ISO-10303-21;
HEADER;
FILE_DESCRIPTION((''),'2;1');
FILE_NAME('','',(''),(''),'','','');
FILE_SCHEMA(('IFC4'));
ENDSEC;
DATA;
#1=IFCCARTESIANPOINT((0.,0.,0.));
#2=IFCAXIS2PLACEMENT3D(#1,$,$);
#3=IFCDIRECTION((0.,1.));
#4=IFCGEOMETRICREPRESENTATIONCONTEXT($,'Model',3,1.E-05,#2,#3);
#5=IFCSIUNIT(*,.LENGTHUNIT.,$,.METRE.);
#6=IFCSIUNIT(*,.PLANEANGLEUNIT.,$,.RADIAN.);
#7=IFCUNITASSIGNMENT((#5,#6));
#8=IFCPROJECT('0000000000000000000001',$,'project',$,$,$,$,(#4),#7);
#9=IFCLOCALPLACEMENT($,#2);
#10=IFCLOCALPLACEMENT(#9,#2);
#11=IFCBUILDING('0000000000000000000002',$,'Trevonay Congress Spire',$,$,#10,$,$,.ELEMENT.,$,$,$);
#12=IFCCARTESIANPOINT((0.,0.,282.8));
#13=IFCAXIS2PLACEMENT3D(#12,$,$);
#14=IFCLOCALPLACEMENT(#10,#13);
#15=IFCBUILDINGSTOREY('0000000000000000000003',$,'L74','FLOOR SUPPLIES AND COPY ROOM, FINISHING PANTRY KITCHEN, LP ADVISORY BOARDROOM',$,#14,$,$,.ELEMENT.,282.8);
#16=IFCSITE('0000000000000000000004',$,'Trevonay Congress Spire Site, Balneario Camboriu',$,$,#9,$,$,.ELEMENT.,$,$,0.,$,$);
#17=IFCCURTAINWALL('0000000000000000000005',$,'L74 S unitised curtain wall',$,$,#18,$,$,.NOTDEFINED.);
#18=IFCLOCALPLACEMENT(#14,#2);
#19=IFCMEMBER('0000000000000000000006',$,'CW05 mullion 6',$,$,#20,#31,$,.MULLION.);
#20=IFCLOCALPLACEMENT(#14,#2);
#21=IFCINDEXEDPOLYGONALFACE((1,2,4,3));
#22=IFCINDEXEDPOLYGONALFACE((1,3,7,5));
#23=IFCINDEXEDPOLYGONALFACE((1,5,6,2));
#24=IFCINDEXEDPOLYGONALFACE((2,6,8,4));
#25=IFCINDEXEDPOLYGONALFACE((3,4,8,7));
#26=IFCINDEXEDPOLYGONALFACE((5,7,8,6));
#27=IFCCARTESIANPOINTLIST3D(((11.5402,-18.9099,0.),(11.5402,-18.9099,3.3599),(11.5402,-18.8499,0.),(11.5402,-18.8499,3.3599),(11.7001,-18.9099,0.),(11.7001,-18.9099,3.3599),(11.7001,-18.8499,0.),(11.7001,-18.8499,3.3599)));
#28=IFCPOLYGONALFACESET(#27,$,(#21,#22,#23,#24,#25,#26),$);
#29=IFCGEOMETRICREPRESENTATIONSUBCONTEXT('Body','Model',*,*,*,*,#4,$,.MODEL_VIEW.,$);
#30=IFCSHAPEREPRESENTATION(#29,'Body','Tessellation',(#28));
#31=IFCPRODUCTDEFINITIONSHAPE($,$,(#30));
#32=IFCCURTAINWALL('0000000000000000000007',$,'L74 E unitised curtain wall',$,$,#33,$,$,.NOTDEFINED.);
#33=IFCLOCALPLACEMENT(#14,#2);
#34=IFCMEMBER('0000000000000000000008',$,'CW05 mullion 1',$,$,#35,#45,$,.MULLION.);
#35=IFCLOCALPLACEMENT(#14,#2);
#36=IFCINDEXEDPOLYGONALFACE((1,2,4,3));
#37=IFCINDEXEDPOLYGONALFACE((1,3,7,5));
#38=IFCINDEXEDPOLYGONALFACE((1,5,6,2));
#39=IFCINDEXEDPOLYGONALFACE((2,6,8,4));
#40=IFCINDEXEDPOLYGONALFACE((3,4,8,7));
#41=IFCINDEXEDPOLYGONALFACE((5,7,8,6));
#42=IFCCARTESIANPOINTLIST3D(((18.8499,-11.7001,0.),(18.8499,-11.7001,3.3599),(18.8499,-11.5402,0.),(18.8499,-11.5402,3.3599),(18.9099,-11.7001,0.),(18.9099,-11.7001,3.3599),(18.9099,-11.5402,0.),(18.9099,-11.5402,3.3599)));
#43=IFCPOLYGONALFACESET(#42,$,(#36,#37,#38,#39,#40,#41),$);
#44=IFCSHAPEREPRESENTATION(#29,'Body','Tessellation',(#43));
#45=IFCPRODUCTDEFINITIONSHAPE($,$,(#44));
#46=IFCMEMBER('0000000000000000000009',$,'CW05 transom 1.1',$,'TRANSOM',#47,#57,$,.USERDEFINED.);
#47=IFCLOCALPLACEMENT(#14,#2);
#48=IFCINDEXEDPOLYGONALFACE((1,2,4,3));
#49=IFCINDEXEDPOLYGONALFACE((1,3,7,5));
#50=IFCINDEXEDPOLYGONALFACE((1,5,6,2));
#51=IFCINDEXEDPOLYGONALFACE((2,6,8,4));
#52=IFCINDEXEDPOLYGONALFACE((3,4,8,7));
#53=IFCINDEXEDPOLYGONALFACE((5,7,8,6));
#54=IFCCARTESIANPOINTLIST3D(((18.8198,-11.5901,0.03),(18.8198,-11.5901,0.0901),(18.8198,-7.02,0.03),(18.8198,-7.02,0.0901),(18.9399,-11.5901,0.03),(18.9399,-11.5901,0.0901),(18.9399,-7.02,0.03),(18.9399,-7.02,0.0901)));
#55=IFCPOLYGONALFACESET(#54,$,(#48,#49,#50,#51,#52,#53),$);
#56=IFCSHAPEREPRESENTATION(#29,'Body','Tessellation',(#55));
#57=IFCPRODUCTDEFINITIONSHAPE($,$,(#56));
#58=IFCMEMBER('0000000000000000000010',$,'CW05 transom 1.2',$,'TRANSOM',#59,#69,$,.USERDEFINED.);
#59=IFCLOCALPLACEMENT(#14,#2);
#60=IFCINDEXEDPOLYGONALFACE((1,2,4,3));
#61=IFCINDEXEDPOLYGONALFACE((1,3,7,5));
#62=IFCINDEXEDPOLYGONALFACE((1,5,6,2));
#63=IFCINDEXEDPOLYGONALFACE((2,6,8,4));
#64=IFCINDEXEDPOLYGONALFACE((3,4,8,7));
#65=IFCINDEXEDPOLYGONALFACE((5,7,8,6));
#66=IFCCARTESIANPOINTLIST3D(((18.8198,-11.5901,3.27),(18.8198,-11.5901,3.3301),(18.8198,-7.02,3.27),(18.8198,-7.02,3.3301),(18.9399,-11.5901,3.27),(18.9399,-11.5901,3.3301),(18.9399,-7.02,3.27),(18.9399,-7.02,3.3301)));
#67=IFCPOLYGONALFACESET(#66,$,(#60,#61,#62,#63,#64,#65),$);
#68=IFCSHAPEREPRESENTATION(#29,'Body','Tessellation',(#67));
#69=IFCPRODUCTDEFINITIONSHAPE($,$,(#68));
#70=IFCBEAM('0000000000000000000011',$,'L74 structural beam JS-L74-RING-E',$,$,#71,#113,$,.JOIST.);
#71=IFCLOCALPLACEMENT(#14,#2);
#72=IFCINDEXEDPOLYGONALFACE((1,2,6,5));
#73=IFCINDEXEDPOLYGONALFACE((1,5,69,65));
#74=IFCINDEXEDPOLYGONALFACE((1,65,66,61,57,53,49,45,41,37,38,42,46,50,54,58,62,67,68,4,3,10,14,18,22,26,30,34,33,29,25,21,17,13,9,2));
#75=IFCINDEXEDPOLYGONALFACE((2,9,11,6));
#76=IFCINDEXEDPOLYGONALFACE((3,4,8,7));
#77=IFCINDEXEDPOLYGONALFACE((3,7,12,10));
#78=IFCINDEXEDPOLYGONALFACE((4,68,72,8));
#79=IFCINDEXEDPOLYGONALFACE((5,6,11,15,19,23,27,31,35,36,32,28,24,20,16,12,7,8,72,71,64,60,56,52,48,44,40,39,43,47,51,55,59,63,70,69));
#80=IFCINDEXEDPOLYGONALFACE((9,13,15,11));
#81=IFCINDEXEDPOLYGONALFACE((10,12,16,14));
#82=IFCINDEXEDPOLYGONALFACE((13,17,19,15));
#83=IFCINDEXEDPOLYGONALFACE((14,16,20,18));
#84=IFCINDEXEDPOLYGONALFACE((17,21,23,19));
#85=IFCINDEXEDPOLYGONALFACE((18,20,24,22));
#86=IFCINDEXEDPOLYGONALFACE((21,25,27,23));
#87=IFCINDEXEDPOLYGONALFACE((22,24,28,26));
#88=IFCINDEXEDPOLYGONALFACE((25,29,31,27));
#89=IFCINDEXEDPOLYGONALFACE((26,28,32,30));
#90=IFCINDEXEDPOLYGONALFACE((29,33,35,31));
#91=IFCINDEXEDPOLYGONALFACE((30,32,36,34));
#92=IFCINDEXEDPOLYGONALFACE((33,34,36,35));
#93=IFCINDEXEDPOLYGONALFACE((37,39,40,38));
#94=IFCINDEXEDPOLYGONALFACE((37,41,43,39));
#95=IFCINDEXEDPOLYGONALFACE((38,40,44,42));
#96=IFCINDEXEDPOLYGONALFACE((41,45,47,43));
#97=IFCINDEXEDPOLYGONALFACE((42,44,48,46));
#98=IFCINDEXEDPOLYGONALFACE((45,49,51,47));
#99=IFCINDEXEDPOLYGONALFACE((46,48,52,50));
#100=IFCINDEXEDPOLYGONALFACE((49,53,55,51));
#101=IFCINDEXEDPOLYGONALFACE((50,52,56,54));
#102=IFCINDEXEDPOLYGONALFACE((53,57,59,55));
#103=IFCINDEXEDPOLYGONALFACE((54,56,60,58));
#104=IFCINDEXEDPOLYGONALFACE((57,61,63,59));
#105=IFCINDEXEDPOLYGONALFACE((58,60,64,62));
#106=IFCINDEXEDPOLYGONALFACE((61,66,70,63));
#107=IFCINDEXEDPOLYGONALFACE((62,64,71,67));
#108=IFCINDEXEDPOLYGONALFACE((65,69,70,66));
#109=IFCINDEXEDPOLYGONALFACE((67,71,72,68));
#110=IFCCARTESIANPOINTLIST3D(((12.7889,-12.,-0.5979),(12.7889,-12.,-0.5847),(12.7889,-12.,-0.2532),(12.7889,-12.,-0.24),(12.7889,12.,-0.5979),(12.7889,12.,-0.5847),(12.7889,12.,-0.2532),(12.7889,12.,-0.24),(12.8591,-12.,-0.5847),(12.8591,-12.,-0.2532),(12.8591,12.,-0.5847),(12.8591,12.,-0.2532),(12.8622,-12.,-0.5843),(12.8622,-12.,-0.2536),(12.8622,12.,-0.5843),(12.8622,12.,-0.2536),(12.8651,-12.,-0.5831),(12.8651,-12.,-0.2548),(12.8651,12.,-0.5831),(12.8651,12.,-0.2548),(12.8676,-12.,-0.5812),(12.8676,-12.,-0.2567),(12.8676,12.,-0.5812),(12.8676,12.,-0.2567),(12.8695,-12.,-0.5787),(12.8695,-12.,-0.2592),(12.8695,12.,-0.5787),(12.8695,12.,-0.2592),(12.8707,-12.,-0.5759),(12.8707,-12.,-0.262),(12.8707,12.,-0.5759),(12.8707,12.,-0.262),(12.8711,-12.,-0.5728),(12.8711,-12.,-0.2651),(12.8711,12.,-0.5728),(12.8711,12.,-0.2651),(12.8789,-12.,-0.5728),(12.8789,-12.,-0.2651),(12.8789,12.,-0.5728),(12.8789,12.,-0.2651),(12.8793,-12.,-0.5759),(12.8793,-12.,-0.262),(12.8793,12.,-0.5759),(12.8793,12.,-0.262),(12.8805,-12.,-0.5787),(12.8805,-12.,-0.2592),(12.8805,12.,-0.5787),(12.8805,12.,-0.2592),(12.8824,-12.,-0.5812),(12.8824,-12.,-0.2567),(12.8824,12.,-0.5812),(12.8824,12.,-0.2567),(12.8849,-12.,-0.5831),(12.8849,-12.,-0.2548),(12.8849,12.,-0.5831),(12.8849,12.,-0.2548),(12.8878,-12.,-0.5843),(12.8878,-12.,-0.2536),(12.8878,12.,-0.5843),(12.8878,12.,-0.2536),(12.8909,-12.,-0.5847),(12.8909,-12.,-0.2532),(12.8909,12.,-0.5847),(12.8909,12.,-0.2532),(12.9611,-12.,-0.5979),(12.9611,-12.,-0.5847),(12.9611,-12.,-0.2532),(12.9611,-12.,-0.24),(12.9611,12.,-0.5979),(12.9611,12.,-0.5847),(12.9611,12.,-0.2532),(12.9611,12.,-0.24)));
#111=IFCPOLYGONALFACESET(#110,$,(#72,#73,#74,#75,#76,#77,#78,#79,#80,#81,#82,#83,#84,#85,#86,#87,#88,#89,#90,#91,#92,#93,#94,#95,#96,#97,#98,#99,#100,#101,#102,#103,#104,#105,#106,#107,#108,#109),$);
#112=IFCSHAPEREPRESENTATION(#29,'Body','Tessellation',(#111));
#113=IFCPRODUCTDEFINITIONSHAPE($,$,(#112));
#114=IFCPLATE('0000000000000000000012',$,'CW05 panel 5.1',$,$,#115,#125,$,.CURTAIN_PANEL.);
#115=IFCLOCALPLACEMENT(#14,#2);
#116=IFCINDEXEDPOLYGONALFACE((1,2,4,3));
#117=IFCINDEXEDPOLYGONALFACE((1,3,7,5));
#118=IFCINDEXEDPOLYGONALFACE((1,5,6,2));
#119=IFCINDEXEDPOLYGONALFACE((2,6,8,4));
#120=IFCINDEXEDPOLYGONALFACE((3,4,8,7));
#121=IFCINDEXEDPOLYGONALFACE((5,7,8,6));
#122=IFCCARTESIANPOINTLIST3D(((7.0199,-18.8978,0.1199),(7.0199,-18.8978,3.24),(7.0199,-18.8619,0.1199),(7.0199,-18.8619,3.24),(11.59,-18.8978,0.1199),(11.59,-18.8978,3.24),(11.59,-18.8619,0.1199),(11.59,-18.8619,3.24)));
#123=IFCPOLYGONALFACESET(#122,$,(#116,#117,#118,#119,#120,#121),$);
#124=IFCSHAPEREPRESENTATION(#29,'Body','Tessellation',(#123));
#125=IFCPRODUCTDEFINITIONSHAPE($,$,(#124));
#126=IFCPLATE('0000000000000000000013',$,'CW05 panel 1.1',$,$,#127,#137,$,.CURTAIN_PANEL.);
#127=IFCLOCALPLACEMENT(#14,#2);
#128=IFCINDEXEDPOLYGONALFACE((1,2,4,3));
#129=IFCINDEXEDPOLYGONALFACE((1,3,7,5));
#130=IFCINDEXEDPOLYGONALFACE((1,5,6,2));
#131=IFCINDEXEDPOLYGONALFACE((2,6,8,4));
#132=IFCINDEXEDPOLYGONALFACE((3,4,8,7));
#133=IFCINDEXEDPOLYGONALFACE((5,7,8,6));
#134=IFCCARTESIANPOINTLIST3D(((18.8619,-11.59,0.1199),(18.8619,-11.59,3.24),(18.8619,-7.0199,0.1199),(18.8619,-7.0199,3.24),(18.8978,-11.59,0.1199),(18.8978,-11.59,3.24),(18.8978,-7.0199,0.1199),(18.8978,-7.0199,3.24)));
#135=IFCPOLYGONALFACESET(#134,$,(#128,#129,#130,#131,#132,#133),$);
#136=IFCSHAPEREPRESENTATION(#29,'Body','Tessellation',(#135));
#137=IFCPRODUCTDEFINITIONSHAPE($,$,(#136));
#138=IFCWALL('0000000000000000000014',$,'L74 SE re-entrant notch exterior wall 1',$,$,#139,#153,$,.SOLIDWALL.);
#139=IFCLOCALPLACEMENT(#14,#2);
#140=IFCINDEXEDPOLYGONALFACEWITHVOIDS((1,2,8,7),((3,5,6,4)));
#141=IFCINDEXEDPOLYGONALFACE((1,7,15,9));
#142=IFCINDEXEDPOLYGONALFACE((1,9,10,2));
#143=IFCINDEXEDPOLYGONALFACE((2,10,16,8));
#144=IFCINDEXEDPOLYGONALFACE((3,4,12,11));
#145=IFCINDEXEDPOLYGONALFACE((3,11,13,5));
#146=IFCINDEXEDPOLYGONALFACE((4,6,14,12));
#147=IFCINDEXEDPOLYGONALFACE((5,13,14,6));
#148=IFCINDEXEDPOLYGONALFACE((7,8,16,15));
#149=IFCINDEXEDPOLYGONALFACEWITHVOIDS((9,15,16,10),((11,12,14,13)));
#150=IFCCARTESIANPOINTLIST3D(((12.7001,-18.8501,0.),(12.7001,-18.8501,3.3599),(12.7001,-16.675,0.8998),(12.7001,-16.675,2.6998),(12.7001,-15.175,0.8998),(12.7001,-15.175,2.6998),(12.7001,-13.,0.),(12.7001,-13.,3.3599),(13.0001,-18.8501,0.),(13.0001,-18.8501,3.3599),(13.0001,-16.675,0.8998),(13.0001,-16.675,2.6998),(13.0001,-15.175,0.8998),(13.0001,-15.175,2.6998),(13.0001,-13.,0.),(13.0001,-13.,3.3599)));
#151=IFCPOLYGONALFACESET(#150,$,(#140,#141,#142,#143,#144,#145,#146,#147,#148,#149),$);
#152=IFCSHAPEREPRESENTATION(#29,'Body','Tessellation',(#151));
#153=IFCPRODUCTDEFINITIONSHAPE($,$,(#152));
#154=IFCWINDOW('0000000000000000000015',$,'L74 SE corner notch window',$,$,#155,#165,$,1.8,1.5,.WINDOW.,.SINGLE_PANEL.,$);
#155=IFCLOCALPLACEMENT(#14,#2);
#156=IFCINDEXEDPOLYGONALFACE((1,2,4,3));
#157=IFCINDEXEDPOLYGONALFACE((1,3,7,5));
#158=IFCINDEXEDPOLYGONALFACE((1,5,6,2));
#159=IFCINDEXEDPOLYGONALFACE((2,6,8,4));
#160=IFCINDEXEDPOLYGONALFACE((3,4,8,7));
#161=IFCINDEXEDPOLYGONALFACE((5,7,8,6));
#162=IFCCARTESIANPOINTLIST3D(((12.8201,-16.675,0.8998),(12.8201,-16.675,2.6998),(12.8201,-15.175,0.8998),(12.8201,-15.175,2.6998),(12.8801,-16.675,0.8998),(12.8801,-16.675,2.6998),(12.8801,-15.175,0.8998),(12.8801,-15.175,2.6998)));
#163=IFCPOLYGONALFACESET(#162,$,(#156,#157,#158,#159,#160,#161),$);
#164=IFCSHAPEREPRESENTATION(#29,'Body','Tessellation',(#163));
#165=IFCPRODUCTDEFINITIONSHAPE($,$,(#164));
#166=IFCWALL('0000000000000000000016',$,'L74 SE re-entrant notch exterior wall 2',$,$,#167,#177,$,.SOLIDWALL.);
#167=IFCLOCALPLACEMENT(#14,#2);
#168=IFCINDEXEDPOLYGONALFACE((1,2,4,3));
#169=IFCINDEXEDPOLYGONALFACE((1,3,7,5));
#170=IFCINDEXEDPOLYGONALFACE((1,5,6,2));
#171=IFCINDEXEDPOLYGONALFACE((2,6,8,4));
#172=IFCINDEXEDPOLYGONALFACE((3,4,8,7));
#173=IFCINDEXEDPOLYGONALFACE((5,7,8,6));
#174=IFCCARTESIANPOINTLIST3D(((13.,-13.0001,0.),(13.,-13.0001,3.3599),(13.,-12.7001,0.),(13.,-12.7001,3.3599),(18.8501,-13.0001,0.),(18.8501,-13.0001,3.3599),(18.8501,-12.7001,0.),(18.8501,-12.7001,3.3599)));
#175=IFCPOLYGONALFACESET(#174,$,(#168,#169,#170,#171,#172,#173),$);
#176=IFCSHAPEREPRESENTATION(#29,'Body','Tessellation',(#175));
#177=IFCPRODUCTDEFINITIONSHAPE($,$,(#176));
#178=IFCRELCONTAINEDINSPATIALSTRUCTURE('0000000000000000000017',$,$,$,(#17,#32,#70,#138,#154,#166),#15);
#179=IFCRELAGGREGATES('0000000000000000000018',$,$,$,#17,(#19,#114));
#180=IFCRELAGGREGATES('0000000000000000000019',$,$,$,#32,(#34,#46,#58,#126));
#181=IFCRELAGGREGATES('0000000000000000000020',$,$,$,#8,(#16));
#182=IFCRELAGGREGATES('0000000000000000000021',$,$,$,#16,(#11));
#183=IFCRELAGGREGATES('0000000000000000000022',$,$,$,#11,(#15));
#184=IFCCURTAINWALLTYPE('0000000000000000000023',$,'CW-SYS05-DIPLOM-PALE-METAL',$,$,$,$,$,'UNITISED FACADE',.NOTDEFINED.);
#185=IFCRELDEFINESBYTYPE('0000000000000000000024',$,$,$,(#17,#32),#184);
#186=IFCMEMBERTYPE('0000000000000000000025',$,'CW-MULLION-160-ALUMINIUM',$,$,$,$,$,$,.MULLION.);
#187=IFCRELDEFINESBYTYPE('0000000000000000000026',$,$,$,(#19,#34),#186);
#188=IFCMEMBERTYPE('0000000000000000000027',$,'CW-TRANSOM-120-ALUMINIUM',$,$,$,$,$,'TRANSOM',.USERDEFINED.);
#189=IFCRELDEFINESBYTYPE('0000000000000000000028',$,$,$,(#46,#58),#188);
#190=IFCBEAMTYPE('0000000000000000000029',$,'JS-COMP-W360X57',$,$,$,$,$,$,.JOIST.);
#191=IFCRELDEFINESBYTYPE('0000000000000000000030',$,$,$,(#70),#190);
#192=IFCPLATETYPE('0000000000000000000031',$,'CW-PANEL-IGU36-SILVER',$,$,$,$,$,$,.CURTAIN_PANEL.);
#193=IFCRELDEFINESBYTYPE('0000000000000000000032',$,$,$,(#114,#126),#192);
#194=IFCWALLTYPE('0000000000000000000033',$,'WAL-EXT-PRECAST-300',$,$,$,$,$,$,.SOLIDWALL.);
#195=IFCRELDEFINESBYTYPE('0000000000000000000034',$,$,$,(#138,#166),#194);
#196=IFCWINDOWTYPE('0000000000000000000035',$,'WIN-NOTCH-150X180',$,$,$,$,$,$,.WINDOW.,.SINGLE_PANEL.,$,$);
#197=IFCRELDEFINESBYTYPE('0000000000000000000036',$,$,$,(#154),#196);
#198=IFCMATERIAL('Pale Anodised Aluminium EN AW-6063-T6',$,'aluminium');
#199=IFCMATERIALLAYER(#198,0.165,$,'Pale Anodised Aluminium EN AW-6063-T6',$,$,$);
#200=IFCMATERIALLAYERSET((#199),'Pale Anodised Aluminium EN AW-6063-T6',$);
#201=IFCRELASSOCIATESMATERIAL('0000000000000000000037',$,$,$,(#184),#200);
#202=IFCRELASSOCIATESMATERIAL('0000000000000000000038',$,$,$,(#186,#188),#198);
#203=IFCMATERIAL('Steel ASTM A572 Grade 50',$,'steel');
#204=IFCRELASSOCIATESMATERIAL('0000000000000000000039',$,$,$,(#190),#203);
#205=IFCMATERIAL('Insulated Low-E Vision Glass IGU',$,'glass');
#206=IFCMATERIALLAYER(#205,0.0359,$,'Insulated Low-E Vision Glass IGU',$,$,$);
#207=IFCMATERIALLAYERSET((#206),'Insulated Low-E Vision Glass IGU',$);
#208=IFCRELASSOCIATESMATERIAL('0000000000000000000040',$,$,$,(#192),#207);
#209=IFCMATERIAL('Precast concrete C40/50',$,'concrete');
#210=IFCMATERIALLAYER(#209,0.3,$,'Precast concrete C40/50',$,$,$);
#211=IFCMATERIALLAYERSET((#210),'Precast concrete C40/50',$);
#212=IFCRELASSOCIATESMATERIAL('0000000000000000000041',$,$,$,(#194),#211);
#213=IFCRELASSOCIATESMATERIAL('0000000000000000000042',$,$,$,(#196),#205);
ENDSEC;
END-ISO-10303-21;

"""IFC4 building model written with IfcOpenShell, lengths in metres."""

from ifc_helpers import new_model, si_unit, direction, frame, frame_2d, origin, origin_2d, place, context, subcontext, project, spatial, rectangle, i_section, extrude, material, layer, layer_set, material_profile, profile_set, type_object, element, fill, aggregate, save


model = new_model("IFC4")

# Units and contexts
model_context = context("Model", 3, precision=1e-05, world=origin(), true_north=direction((0.0, 1.0)))
body_context = subcontext(model_context, "Body", "Model", "MODEL_VIEW")
ifc_project = project(units=[si_unit("LENGTHUNIT", "METRE"), si_unit("PLANEANGLEUNIT", "RADIAN")], contexts=[model_context])

# Site, building, storey
site_placement = place(None, origin())
site = spatial("IfcSite", under=ifc_project, at=site_placement, Name="Trevonay Congress Spire Site, Balneario Camboriu", CompositionType="ELEMENT", RefElevation=0.0)
building_placement = place(site_placement, origin())
building = spatial("IfcBuilding", under=site, at=building_placement, Name="Trevonay Congress Spire", CompositionType="ELEMENT")
storey_placement = place(building_placement, frame((0.0, 0.0, 282.8)))
storey = spatial("IfcBuildingStorey", under=building, at=storey_placement, Name="L74", Description="FLOOR SUPPLIES AND COPY ROOM, FINISHING PANTRY KITCHEN, LP ADVISORY BOARDROOM", CompositionType="ELEMENT", Elevation=282.8)

# Shared definitions
ifc_material_1 = material(Name="Steel ASTM A572 Grade 50", Category="steel")

# Curtain wall, member
ifc_material_2 = material(Name="Pale Anodised Aluminium EN AW-6063-T6", Category="aluminium")
ifc_layer_1 = layer(ifc_material_2, 0.165, Name="Pale Anodised Aluminium EN AW-6063-T6")
ifc_layer_set_1 = layer_set([ifc_layer_1], Name="Pale Anodised Aluminium EN AW-6063-T6")
curtain_wall_type = type_object("IfcCurtainWallType", Name="CW-SYS05-DIPLOM-PALE-METAL", ElementType="UNITISED FACADE", PredefinedType="NOTDEFINED", material=ifc_layer_set_1)
curtain_wall_1_placement = place(storey_placement, origin())
curtain_wall_1 = element("IfcCurtainWall", 1, at=curtain_wall_1_placement, inside=storey, type_object=curtain_wall_type, Name="L74 S unitised curtain wall", PredefinedType="NOTDEFINED")
ifc_material_profile_1 = material_profile(ifc_material_2, rectangle(XDim=0.0601, YDim=0.1599, at=origin_2d()), Name="CW-MULLION-160-ALUMINIUM")
ifc_profile_set_1 = profile_set([ifc_material_profile_1], Name="Pale Anodised Aluminium EN AW-6063-T6")
member_type_1 = type_object("IfcMemberType", Name="CW-MULLION-160-ALUMINIUM", PredefinedType="MULLION", material=ifc_profile_set_1)
member_1_placement = place(storey_placement, frame((11.6201, -18.8799, 0.0), z_axis=(0.0, 0.0, 1.0), x_axis=(0.0, 1.0, 0.0)))
member_1 = element("IfcMember", 2, at=member_1_placement, type_object=member_type_1, Name="CW05 mullion 6", PredefinedType="MULLION", context=body_context, shape_type="SweptSolid", body=[
    extrude(rectangle(XDim=0.0601, YDim=0.1599, at=origin_2d()), origin(), (0.0, 0.0, 1.0), 3.3599),
])

# Curtain wall, members
curtain_wall_2_placement = place(storey_placement, origin())
curtain_wall_2 = element("IfcCurtainWall", 3, at=curtain_wall_2_placement, inside=storey, type_object=curtain_wall_type, Name="L74 E unitised curtain wall", PredefinedType="NOTDEFINED")
member_2_placement = place(storey_placement, frame((18.8799, -11.6201, 0.0), z_axis=(0.0, 0.0, 1.0), x_axis=(-1.0, 0.0, 0.0)))
member_2 = element("IfcMember", 4, at=member_2_placement, type_object=member_type_1, Name="CW05 mullion 1", PredefinedType="MULLION", context=body_context, shape_type="SweptSolid", body=[
    extrude(rectangle(XDim=0.0601, YDim=0.1599, at=origin_2d()), origin(), (0.0, 0.0, 1.0), 3.3599),
])
ifc_material_profile_2 = material_profile(ifc_material_2, rectangle(XDim=0.1201, YDim=0.0601, at=origin_2d()), Name="CW-TRANSOM-120-ALUMINIUM")
ifc_profile_set_2 = profile_set([ifc_material_profile_2], Name="Pale Anodised Aluminium EN AW-6063-T6")
member_type_2 = type_object("IfcMemberType", Name="CW-TRANSOM-120-ALUMINIUM", ElementType="TRANSOM", PredefinedType="USERDEFINED", material=ifc_profile_set_2)
member_3_placement = place(storey_placement, frame((18.8799, -11.5901, 0.0601), z_axis=(0.0, 1.0, 0.0), x_axis=(-1.0, 0.0, 0.0)))
member_3 = element("IfcMember", 5, at=member_3_placement, type_object=member_type_2, Name="CW05 transom 1.1", ObjectType="TRANSOM", PredefinedType="USERDEFINED", context=body_context, shape_type="SweptSolid", body=[
    extrude(rectangle(XDim=0.1201, YDim=0.0601, at=origin_2d()), origin(), (0.0, 0.0, 1.0), 4.5701),
])
member_4_placement = place(storey_placement, frame((18.8799, -11.5901, 3.3), z_axis=(0.0, 1.0, 0.0), x_axis=(-1.0, 0.0, 0.0)))
member_4 = element("IfcMember", 6, at=member_4_placement, type_object=member_type_2, Name="CW05 transom 1.2", ObjectType="TRANSOM", PredefinedType="USERDEFINED", context=body_context, shape_type="SweptSolid", body=[
    extrude(rectangle(XDim=0.1201, YDim=0.0601, at=origin_2d()), origin(), (0.0, 0.0, 1.0), 4.5701),
])

# Beam
ifc_material_profile_3 = material_profile(ifc_material_1, i_section(OverallWidth=0.1721, OverallDepth=0.3579, WebThickness=0.0078, FlangeThickness=0.0132, FilletRadius=0.012, at=origin_2d()), Name="W360x57.8")
ifc_profile_set_3 = profile_set([ifc_material_profile_3], Name="Steel ASTM A572 Grade 50")
beam_type_1 = type_object("IfcBeamType", Name="JS-COMP-W360X57", PredefinedType="JOIST", material=ifc_profile_set_3)
beam_1_placement = place(storey_placement, frame((12.875, -12.0, -0.4189), z_axis=(0.0, 1.0, 0.0), x_axis=(-1.0, 0.0, 0.0)))
element("IfcBeam", 7, at=beam_1_placement, inside=storey, type_object=beam_type_1, Name="L74 structural beam JS-L74-RING-E", PredefinedType="JOIST", context=body_context, shape_type="SweptSolid", body=[
    extrude(i_section(OverallWidth=0.1721, OverallDepth=0.3579, WebThickness=0.0078, FlangeThickness=0.0132, FilletRadius=0.012, at=origin_2d()), origin(), (0.0, 0.0, 1.0), 24.0),
])

# Plates
ifc_material_3 = material(Name="Insulated Low-E Vision Glass IGU", Category="glass")
ifc_layer_2 = layer(ifc_material_3, 0.0359, Name="Insulated Low-E Vision Glass IGU")
ifc_layer_set_2 = layer_set([ifc_layer_2], Name="Insulated Low-E Vision Glass IGU")
plate_type = type_object("IfcPlateType", Name="CW-PANEL-IGU36-SILVER", PredefinedType="CURTAIN_PANEL", material=ifc_layer_set_2)
plate_1_placement = place(storey_placement, frame((9.3049, -18.8799, 0.1199), z_axis=(0.0, 0.0, 1.0), x_axis=(1.0, 0.0, 0.0)))
plate_1 = element("IfcPlate", 8, at=plate_1_placement, type_object=plate_type, Name="CW05 panel 5.1", PredefinedType="CURTAIN_PANEL", context=body_context, shape_type="SweptSolid", body=[
    extrude(rectangle(XDim=4.5701, YDim=0.0359, at=origin_2d()), origin(), (0.0, 0.0, 1.0), 3.1201),
])
aggregate(curtain_wall_1, [member_1, plate_1])
plate_2_placement = place(storey_placement, frame((18.8799, -9.3049, 0.1199), z_axis=(0.0, 0.0, 1.0), x_axis=(0.0, 1.0, 0.0)))
plate_2 = element("IfcPlate", 9, at=plate_2_placement, type_object=plate_type, Name="CW05 panel 1.1", PredefinedType="CURTAIN_PANEL", context=body_context, shape_type="SweptSolid", body=[
    extrude(rectangle(XDim=4.5701, YDim=0.0359, at=origin_2d()), origin(), (0.0, 0.0, 1.0), 3.1201),
])
aggregate(curtain_wall_2, [member_2, member_3, member_4, plate_2])

# Wall, opening, window
ifc_material_4 = material(Name="Precast concrete C40/50", Category="concrete")
ifc_layer_3 = layer(ifc_material_4, 0.3, Name="Precast concrete C40/50")
ifc_layer_set_3 = layer_set([ifc_layer_3], Name="Precast concrete C40/50")
wall_type_1 = type_object("IfcWallType", Name="WAL-EXT-PRECAST-300", PredefinedType="SOLIDWALL", material=ifc_layer_set_3)
wall_1_placement = place(storey_placement, frame((12.8501, -18.8501, 0.0), z_axis=(0.0, 0.0, 1.0), x_axis=(0.0, 1.0, 0.0)))
wall_1 = element("IfcWall", 10, at=wall_1_placement, inside=storey, type_object=wall_type_1, Name="L74 SE re-entrant notch exterior wall 1", PredefinedType="SOLIDWALL", context=body_context, shape_type="SweptSolid", body=[
    extrude(rectangle(XDim=5.8501, YDim=0.3, at=frame_2d((2.925, 0.0))), origin(), (0.0, 0.0, 1.0), 3.3599),
])
opening_placement = place(wall_1_placement, frame((2.175, 0.0, 0.8999)))
opening = element("IfcOpeningElement", 11, at=opening_placement, cuts=wall_1, PredefinedType="OPENING", context=body_context, shape_type="SweptSolid", body=[
    extrude(rectangle(XDim=1.5, YDim=1.8, at=frame_2d((0.75, 0.8999))), frame((0.0, 0.1602, 0.0), z_axis=(0.0, -1.0, 0.0), x_axis=(1.0, 0.0, 0.0)), (0.0, 0.0, 1.0), 0.3201),
])
window_type = type_object("IfcWindowType", Name="WIN-NOTCH-150X180", PartitioningType="SINGLE_PANEL", PredefinedType="WINDOW", material=ifc_material_3)
window_placement = place(opening_placement, origin())
window = element("IfcWindow", 12, at=window_placement, inside=storey, type_object=window_type, Name="L74 SE corner notch window", OverallHeight=1.8, OverallWidth=1.5, PartitioningType="SINGLE_PANEL", PredefinedType="WINDOW", context=body_context, shape_type="SweptSolid", body=[
    extrude(rectangle(XDim=1.5, YDim=1.8, at=frame_2d((0.75, 0.8999))), frame((0.0, 0.03, 0.0), z_axis=(0.0, -1.0, 0.0), x_axis=(1.0, 0.0, 0.0)), (0.0, 0.0, 1.0), 0.0601),
])
fill(opening, window)

# Wall
wall_2_placement = place(storey_placement, frame((18.8501, -12.8501, 0.0), z_axis=(0.0, 0.0, 1.0), x_axis=(-1.0, 0.0, 0.0)))
element("IfcWall", 13, at=wall_2_placement, inside=storey, type_object=wall_type_1, Name="L74 SE re-entrant notch exterior wall 2", PredefinedType="SOLIDWALL", context=body_context, shape_type="SweptSolid", body=[
    extrude(rectangle(XDim=5.8501, YDim=0.3, at=frame_2d((2.925, 0.0))), origin(), (0.0, 0.0, 1.0), 3.3599),
])

save(model, "model.ifc")
